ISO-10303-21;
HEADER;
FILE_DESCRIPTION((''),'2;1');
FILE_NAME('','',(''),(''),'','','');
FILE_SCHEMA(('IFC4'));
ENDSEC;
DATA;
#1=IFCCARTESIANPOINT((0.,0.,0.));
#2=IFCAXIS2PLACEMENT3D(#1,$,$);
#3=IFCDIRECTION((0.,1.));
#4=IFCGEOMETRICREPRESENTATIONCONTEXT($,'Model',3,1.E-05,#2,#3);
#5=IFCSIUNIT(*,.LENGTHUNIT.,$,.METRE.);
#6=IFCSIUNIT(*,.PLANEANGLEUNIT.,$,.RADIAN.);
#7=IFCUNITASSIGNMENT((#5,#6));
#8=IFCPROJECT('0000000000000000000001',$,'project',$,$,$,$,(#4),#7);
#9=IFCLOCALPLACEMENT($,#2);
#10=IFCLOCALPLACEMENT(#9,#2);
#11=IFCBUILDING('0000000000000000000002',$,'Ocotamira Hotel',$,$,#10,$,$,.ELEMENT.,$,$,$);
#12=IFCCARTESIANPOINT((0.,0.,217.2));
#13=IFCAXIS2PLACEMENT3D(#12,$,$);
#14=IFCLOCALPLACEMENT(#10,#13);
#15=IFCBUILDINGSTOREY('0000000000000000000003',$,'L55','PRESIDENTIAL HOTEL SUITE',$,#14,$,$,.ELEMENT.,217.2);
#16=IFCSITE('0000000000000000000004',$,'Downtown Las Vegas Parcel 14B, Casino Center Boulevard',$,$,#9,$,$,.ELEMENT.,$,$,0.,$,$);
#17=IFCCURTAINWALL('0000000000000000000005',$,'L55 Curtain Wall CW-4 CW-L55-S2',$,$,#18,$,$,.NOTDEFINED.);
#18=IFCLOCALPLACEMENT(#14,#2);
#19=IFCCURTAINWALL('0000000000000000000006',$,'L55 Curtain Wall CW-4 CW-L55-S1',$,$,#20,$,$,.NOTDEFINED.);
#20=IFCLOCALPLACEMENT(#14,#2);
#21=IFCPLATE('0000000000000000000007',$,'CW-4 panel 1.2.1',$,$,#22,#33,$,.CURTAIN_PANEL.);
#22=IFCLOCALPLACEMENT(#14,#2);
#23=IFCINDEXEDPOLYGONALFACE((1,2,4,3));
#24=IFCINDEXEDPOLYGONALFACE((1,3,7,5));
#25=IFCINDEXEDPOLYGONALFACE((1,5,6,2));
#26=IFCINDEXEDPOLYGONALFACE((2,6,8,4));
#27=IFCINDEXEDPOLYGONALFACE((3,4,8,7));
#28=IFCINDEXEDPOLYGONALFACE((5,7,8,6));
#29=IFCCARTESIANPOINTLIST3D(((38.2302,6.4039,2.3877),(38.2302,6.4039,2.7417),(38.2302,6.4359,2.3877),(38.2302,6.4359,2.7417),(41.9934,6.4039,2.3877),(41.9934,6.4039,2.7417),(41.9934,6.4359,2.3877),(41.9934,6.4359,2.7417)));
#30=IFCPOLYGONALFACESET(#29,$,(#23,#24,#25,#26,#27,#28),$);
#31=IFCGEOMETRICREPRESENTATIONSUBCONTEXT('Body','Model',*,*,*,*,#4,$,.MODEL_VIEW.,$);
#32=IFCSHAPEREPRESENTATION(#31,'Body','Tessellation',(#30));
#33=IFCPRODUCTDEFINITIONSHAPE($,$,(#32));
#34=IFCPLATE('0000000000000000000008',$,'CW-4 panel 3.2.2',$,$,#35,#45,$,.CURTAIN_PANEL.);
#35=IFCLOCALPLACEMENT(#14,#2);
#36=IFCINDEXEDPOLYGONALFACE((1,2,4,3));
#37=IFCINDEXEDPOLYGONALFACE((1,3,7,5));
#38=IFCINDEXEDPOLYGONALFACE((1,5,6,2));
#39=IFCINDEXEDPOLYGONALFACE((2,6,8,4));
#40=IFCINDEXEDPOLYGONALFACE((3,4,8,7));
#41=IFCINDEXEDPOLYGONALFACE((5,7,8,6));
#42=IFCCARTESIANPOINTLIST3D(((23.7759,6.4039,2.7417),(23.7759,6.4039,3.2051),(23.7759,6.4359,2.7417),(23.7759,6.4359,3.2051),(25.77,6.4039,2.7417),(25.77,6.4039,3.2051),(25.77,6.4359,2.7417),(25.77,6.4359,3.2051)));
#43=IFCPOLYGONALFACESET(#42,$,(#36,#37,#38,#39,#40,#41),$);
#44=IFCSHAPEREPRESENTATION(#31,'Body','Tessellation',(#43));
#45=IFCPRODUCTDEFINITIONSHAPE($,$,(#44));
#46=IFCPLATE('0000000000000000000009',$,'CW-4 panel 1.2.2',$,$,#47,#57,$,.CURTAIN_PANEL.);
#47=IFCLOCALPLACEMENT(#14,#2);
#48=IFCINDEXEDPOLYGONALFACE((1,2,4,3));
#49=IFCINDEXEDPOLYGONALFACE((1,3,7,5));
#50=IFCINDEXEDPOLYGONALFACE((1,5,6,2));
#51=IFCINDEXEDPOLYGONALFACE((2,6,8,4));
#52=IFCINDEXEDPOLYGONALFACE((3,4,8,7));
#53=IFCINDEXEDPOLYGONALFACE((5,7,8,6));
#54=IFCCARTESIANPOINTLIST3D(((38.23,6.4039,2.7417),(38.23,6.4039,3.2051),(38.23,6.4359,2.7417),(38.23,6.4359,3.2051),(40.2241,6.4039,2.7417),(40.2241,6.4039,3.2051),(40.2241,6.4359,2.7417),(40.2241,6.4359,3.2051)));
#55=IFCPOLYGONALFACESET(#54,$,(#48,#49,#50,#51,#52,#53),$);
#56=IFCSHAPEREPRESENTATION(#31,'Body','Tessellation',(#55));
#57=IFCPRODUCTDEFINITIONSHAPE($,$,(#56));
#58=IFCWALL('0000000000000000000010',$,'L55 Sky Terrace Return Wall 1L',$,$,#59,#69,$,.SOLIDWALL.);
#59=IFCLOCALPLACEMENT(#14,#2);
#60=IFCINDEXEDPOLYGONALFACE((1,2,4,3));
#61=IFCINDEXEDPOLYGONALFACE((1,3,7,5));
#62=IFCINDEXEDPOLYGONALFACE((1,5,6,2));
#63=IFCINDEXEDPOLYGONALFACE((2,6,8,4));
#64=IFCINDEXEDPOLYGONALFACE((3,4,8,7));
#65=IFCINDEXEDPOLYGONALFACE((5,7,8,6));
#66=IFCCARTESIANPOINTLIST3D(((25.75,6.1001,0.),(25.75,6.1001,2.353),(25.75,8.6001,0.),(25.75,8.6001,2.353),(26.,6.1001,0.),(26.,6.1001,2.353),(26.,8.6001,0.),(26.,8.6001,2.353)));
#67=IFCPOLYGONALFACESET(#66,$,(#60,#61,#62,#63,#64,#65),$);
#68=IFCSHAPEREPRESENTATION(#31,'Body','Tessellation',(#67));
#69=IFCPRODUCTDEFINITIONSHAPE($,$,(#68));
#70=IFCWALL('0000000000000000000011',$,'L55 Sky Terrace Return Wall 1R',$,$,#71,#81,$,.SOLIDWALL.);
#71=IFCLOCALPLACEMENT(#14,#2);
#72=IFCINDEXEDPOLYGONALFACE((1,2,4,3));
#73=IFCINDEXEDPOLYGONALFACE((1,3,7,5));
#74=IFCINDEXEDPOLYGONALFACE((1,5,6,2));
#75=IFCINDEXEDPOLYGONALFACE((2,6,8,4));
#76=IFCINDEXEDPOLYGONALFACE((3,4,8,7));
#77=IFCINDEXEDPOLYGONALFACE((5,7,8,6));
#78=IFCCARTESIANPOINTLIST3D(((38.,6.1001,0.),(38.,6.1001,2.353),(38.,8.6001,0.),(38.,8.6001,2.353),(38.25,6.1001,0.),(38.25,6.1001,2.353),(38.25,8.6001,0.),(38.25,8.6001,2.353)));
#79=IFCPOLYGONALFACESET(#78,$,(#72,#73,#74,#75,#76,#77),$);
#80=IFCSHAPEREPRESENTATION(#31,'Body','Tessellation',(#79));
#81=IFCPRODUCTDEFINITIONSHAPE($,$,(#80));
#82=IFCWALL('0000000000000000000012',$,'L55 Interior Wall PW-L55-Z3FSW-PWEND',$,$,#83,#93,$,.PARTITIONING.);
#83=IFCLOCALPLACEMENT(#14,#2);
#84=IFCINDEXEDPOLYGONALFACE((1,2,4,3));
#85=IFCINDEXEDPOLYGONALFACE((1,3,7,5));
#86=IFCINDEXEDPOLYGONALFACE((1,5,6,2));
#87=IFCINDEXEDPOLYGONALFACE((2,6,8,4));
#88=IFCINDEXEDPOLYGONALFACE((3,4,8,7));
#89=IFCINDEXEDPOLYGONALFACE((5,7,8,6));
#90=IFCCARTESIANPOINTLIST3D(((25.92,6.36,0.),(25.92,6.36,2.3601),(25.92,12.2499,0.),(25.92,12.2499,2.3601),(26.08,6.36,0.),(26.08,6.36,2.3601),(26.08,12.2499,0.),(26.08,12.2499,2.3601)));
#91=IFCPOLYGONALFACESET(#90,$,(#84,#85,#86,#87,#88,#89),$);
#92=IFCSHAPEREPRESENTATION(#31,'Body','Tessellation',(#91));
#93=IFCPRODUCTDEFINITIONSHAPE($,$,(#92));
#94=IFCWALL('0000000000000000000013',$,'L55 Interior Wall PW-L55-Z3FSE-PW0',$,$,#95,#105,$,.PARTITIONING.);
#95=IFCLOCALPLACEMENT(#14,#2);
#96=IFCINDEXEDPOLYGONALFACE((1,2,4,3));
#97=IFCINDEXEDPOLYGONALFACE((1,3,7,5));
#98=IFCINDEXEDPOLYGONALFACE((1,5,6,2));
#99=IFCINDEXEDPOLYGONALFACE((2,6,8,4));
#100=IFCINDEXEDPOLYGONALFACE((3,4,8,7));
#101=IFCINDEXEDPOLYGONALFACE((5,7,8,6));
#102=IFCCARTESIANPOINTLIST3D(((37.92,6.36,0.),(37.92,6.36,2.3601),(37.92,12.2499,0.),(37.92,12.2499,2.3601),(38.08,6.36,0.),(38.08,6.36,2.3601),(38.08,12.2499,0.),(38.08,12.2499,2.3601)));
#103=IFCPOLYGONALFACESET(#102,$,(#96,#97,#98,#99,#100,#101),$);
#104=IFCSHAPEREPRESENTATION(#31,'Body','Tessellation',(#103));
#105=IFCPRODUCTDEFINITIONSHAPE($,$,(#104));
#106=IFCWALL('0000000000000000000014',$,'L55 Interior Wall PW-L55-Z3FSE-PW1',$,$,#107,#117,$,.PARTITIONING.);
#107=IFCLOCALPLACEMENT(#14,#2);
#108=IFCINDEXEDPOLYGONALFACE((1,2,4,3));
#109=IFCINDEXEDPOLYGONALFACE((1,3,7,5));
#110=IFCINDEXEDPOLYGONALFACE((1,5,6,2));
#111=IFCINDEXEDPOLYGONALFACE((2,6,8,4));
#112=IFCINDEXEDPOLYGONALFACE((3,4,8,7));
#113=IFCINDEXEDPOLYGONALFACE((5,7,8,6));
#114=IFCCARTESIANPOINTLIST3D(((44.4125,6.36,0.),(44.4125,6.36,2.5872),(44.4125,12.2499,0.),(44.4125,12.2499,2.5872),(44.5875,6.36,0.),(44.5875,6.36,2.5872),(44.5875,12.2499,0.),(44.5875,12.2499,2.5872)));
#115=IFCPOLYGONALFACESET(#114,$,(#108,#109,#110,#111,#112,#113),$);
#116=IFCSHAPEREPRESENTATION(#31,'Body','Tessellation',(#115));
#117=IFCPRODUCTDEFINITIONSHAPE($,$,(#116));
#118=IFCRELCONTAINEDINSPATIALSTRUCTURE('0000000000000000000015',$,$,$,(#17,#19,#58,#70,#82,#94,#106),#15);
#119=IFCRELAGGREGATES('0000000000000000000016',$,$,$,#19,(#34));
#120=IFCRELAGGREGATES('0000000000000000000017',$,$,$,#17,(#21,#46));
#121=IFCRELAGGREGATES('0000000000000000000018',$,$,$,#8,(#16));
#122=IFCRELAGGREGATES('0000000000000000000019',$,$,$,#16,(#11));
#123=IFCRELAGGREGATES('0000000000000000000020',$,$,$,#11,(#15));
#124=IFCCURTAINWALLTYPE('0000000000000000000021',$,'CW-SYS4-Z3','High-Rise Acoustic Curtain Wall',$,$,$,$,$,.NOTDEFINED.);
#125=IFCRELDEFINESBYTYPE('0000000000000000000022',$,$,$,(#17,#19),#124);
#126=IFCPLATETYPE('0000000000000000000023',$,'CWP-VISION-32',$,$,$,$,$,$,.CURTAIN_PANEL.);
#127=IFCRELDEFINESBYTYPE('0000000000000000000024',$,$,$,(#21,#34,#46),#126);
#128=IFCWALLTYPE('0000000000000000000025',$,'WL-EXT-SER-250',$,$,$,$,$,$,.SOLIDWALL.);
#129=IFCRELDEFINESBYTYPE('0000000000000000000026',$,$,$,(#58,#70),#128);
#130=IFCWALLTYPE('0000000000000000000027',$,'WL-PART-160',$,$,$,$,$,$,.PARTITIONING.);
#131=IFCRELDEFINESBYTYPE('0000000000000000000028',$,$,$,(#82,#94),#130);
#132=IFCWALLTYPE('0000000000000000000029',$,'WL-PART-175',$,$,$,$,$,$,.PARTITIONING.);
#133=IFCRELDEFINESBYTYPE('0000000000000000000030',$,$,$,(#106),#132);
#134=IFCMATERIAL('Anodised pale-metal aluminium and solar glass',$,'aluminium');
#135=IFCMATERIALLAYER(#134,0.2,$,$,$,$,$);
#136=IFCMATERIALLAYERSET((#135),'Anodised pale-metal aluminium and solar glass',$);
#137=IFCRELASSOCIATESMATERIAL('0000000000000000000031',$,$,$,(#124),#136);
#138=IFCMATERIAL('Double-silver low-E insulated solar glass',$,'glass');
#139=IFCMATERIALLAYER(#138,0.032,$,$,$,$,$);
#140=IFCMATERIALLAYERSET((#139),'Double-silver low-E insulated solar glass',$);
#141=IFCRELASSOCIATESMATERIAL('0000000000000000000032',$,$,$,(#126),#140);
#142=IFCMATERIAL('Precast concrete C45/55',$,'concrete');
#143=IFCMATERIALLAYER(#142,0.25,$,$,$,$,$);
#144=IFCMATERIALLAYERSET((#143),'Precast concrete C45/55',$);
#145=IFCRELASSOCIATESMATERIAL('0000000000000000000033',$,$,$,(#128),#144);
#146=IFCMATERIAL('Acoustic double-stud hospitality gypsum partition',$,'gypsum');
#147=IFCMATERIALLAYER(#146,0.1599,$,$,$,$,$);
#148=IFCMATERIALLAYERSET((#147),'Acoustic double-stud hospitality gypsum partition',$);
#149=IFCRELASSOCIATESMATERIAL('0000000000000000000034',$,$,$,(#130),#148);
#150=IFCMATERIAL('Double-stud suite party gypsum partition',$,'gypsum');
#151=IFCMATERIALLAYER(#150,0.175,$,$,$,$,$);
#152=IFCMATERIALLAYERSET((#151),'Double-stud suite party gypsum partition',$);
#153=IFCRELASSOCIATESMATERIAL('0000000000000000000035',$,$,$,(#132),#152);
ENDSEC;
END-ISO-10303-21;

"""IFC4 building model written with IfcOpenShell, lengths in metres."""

from ifc_helpers import new_model, si_unit, direction, frame, frame_2d, origin, origin_2d, place, context, subcontext, project, spatial, rectangle, extrude, source, transform, mapped, material, layer, layer_set, type_object, element, aggregate, save


model = new_model("IFC4")

# Units and contexts
model_context = context("Model", 3, precision=1e-05, world=origin(), true_north=direction((0.0, 1.0)))
body_context = subcontext(model_context, "Body", "Model", "MODEL_VIEW")
ifc_project = project(units=[si_unit("LENGTHUNIT", "METRE"), si_unit("PLANEANGLEUNIT", "RADIAN")], contexts=[model_context])

# Site, building, storey
site_placement = place(None, origin())
site = spatial("IfcSite", under=ifc_project, at=site_placement, Name="Downtown Las Vegas Parcel 14B, Casino Center Boulevard", CompositionType="ELEMENT", RefElevation=0.0)
building_placement = place(site_placement, origin())
building = spatial("IfcBuilding", under=site, at=building_placement, Name="Ocotamira Hotel", CompositionType="ELEMENT")
storey_placement = place(building_placement, frame((0.0, 0.0, 217.2)))
storey = spatial("IfcBuildingStorey", under=building, at=storey_placement, Name="L55", Description="PRESIDENTIAL HOTEL SUITE", CompositionType="ELEMENT", Elevation=217.2)

# Curtain wall
ifc_material_1 = material(Name="Anodised pale-metal aluminium and solar glass", Category="aluminium")
ifc_layer_1 = layer(ifc_material_1, 0.2)
ifc_layer_set_1 = layer_set([ifc_layer_1], Name="Anodised pale-metal aluminium and solar glass")
curtain_wall_type = type_object("IfcCurtainWallType", Name="CW-SYS4-Z3", Description="High-Rise Acoustic Curtain Wall", PredefinedType="NOTDEFINED", material=ifc_layer_set_1)
curtain_wall_1_placement = place(storey_placement, origin())
curtain_wall_1 = element("IfcCurtainWall", 1, at=curtain_wall_1_placement, inside=storey, type_object=curtain_wall_type, Name="L55 Curtain Wall CW-4 CW-L55-S2", PredefinedType="NOTDEFINED")

# Curtain wall
curtain_wall_2_placement = place(storey_placement, origin())
curtain_wall_2 = element("IfcCurtainWall", 2, at=curtain_wall_2_placement, inside=storey, type_object=curtain_wall_type, Name="L55 Curtain Wall CW-4 CW-L55-S1", PredefinedType="NOTDEFINED")

# Plates
ifc_material_2 = material(Name="Double-silver low-E insulated solar glass", Category="glass")
ifc_layer_2 = layer(ifc_material_2, 0.032)
ifc_layer_set_2 = layer_set([ifc_layer_2], Name="Double-silver low-E insulated solar glass")
plate_type_1 = type_object("IfcPlateType", Name="CWP-VISION-32", PredefinedType="CURTAIN_PANEL", material=ifc_layer_set_2)
shared_shape_1 = source(origin(), body_context, "Body", "SweptSolid", [
    extrude(rectangle(XDim=3.7632, YDim=0.032, at=origin_2d()), origin(), (0.0, 0.0, 1.0), 0.354),
])
plate_1_placement = place(storey_placement, frame((40.1118, 6.4199, 2.3877), z_axis=(0.0, 0.0, 1.0), x_axis=(1.0, 0.0, 0.0)))
plate_1 = element("IfcPlate", 3, at=plate_1_placement, type_object=plate_type_1, Name="CW-4 panel 1.2.1", PredefinedType="CURTAIN_PANEL", context=body_context, shape_type="MappedRepresentation", body=[
    mapped(shared_shape_1, transform((0.0, 0.0, 0.0), scale=1.0)),
])
shared_shape_2 = source(origin(), body_context, "Body", "SweptSolid", [
    extrude(rectangle(XDim=1.9941, YDim=0.032, at=origin_2d()), origin(), (0.0, 0.0, 1.0), 0.4634),
])
plate_2_placement = place(storey_placement, frame((24.7729, 6.4199, 2.7417), z_axis=(0.0, 0.0, 1.0), x_axis=(1.0, 0.0, 0.0)))
plate_2 = element("IfcPlate", 4, at=plate_2_placement, type_object=plate_type_1, Name="CW-4 panel 3.2.2", PredefinedType="CURTAIN_PANEL", context=body_context, shape_type="MappedRepresentation", body=[
    mapped(shared_shape_2, transform((0.0, 0.0, 0.0), scale=1.0)),
])
aggregate(curtain_wall_2, [plate_2])
plate_3_placement = place(storey_placement, frame((39.2271, 6.4199, 2.7417), z_axis=(0.0, 0.0, 1.0), x_axis=(1.0, 0.0, 0.0)))
plate_3 = element("IfcPlate", 5, at=plate_3_placement, type_object=plate_type_1, Name="CW-4 panel 1.2.2", PredefinedType="CURTAIN_PANEL", context=body_context, shape_type="MappedRepresentation", body=[
    mapped(shared_shape_2, transform((0.0, 0.0, 0.0), scale=1.0)),
])
aggregate(curtain_wall_1, [plate_1, plate_3])

# Walls
ifc_material_3 = material(Name="Precast concrete C45/55", Category="concrete")
ifc_layer_3 = layer(ifc_material_3, 0.25)
ifc_layer_set_3 = layer_set([ifc_layer_3], Name="Precast concrete C45/55")
wall_type_1 = type_object("IfcWallType", Name="WL-EXT-SER-250", PredefinedType="SOLIDWALL", material=ifc_layer_set_3)
for number, where, z_axis, x_axis, name in (
    (6, (25.875, 6.1001, 0.0), (0.0, 0.0, 1.0), (0.0, 1.0, 0.0), "L55 Sky Terrace Return Wall 1L"),
    (7, (38.125, 6.1001, 0.0), (0.0, 0.0, 1.0), (0.0, 1.0, 0.0), "L55 Sky Terrace Return Wall 1R"),
):
    element("IfcWall", number, at=place(storey_placement, frame(where, z_axis=z_axis, x_axis=x_axis)), inside=storey, type_object=wall_type_1, Name=name, PredefinedType="SOLIDWALL", context=body_context, shape_type="SweptSolid", body=[
        extrude(rectangle(XDim=2.5, YDim=0.25, at=frame_2d((1.25, 0.0))), origin(), (0.0, 0.0, 1.0), 2.353),
    ])
ifc_material_4 = material(Name="Acoustic double-stud hospitality gypsum partition", Category="gypsum")
ifc_layer_4 = layer(ifc_material_4, 0.1599)
ifc_layer_set_4 = layer_set([ifc_layer_4], Name="Acoustic double-stud hospitality gypsum partition")
wall_type_2 = type_object("IfcWallType", Name="WL-PART-160", PredefinedType="PARTITIONING", material=ifc_layer_set_4)
for number, where, z_axis, x_axis, name in (
    (8, (26.0, 6.3601, 0.0), (0.0, 0.0, 1.0), (0.0, 1.0, 0.0), "L55 Interior Wall PW-L55-Z3FSW-PWEND"),
    (9, (38.0, 6.3601, 0.0), (0.0, 0.0, 1.0), (0.0, 1.0, 0.0), "L55 Interior Wall PW-L55-Z3FSE-PW0"),
):
    element("IfcWall", number, at=place(storey_placement, frame(where, z_axis=z_axis, x_axis=x_axis)), inside=storey, type_object=wall_type_2, Name=name, PredefinedType="PARTITIONING", context=body_context, shape_type="SweptSolid", body=[
        extrude(rectangle(XDim=5.8899, YDim=0.1599, at=frame_2d((2.9448, 0.0))), origin(), (0.0, 0.0, 1.0), 2.3601),
    ])
ifc_material_5 = material(Name="Double-stud suite party gypsum partition", Category="gypsum")
ifc_layer_5 = layer(ifc_material_5, 0.175)
ifc_layer_set_5 = layer_set([ifc_layer_5], Name="Double-stud suite party gypsum partition")
wall_type_3 = type_object("IfcWallType", Name="WL-PART-175", PredefinedType="PARTITIONING", material=ifc_layer_set_5)
wall_placement = place(storey_placement, frame((44.5, 6.3601, 0.0), z_axis=(0.0, 0.0, 1.0), x_axis=(0.0, 1.0, 0.0)))
element("IfcWall", 10, at=wall_placement, inside=storey, type_object=wall_type_3, Name="L55 Interior Wall PW-L55-Z3FSE-PW1", PredefinedType="PARTITIONING", context=body_context, shape_type="SweptSolid", body=[
    extrude(rectangle(XDim=5.8899, YDim=0.175, at=frame_2d((2.9448, 0.0))), origin(), (0.0, 0.0, 1.0), 2.5872),
])

save(model, "model.ifc")
